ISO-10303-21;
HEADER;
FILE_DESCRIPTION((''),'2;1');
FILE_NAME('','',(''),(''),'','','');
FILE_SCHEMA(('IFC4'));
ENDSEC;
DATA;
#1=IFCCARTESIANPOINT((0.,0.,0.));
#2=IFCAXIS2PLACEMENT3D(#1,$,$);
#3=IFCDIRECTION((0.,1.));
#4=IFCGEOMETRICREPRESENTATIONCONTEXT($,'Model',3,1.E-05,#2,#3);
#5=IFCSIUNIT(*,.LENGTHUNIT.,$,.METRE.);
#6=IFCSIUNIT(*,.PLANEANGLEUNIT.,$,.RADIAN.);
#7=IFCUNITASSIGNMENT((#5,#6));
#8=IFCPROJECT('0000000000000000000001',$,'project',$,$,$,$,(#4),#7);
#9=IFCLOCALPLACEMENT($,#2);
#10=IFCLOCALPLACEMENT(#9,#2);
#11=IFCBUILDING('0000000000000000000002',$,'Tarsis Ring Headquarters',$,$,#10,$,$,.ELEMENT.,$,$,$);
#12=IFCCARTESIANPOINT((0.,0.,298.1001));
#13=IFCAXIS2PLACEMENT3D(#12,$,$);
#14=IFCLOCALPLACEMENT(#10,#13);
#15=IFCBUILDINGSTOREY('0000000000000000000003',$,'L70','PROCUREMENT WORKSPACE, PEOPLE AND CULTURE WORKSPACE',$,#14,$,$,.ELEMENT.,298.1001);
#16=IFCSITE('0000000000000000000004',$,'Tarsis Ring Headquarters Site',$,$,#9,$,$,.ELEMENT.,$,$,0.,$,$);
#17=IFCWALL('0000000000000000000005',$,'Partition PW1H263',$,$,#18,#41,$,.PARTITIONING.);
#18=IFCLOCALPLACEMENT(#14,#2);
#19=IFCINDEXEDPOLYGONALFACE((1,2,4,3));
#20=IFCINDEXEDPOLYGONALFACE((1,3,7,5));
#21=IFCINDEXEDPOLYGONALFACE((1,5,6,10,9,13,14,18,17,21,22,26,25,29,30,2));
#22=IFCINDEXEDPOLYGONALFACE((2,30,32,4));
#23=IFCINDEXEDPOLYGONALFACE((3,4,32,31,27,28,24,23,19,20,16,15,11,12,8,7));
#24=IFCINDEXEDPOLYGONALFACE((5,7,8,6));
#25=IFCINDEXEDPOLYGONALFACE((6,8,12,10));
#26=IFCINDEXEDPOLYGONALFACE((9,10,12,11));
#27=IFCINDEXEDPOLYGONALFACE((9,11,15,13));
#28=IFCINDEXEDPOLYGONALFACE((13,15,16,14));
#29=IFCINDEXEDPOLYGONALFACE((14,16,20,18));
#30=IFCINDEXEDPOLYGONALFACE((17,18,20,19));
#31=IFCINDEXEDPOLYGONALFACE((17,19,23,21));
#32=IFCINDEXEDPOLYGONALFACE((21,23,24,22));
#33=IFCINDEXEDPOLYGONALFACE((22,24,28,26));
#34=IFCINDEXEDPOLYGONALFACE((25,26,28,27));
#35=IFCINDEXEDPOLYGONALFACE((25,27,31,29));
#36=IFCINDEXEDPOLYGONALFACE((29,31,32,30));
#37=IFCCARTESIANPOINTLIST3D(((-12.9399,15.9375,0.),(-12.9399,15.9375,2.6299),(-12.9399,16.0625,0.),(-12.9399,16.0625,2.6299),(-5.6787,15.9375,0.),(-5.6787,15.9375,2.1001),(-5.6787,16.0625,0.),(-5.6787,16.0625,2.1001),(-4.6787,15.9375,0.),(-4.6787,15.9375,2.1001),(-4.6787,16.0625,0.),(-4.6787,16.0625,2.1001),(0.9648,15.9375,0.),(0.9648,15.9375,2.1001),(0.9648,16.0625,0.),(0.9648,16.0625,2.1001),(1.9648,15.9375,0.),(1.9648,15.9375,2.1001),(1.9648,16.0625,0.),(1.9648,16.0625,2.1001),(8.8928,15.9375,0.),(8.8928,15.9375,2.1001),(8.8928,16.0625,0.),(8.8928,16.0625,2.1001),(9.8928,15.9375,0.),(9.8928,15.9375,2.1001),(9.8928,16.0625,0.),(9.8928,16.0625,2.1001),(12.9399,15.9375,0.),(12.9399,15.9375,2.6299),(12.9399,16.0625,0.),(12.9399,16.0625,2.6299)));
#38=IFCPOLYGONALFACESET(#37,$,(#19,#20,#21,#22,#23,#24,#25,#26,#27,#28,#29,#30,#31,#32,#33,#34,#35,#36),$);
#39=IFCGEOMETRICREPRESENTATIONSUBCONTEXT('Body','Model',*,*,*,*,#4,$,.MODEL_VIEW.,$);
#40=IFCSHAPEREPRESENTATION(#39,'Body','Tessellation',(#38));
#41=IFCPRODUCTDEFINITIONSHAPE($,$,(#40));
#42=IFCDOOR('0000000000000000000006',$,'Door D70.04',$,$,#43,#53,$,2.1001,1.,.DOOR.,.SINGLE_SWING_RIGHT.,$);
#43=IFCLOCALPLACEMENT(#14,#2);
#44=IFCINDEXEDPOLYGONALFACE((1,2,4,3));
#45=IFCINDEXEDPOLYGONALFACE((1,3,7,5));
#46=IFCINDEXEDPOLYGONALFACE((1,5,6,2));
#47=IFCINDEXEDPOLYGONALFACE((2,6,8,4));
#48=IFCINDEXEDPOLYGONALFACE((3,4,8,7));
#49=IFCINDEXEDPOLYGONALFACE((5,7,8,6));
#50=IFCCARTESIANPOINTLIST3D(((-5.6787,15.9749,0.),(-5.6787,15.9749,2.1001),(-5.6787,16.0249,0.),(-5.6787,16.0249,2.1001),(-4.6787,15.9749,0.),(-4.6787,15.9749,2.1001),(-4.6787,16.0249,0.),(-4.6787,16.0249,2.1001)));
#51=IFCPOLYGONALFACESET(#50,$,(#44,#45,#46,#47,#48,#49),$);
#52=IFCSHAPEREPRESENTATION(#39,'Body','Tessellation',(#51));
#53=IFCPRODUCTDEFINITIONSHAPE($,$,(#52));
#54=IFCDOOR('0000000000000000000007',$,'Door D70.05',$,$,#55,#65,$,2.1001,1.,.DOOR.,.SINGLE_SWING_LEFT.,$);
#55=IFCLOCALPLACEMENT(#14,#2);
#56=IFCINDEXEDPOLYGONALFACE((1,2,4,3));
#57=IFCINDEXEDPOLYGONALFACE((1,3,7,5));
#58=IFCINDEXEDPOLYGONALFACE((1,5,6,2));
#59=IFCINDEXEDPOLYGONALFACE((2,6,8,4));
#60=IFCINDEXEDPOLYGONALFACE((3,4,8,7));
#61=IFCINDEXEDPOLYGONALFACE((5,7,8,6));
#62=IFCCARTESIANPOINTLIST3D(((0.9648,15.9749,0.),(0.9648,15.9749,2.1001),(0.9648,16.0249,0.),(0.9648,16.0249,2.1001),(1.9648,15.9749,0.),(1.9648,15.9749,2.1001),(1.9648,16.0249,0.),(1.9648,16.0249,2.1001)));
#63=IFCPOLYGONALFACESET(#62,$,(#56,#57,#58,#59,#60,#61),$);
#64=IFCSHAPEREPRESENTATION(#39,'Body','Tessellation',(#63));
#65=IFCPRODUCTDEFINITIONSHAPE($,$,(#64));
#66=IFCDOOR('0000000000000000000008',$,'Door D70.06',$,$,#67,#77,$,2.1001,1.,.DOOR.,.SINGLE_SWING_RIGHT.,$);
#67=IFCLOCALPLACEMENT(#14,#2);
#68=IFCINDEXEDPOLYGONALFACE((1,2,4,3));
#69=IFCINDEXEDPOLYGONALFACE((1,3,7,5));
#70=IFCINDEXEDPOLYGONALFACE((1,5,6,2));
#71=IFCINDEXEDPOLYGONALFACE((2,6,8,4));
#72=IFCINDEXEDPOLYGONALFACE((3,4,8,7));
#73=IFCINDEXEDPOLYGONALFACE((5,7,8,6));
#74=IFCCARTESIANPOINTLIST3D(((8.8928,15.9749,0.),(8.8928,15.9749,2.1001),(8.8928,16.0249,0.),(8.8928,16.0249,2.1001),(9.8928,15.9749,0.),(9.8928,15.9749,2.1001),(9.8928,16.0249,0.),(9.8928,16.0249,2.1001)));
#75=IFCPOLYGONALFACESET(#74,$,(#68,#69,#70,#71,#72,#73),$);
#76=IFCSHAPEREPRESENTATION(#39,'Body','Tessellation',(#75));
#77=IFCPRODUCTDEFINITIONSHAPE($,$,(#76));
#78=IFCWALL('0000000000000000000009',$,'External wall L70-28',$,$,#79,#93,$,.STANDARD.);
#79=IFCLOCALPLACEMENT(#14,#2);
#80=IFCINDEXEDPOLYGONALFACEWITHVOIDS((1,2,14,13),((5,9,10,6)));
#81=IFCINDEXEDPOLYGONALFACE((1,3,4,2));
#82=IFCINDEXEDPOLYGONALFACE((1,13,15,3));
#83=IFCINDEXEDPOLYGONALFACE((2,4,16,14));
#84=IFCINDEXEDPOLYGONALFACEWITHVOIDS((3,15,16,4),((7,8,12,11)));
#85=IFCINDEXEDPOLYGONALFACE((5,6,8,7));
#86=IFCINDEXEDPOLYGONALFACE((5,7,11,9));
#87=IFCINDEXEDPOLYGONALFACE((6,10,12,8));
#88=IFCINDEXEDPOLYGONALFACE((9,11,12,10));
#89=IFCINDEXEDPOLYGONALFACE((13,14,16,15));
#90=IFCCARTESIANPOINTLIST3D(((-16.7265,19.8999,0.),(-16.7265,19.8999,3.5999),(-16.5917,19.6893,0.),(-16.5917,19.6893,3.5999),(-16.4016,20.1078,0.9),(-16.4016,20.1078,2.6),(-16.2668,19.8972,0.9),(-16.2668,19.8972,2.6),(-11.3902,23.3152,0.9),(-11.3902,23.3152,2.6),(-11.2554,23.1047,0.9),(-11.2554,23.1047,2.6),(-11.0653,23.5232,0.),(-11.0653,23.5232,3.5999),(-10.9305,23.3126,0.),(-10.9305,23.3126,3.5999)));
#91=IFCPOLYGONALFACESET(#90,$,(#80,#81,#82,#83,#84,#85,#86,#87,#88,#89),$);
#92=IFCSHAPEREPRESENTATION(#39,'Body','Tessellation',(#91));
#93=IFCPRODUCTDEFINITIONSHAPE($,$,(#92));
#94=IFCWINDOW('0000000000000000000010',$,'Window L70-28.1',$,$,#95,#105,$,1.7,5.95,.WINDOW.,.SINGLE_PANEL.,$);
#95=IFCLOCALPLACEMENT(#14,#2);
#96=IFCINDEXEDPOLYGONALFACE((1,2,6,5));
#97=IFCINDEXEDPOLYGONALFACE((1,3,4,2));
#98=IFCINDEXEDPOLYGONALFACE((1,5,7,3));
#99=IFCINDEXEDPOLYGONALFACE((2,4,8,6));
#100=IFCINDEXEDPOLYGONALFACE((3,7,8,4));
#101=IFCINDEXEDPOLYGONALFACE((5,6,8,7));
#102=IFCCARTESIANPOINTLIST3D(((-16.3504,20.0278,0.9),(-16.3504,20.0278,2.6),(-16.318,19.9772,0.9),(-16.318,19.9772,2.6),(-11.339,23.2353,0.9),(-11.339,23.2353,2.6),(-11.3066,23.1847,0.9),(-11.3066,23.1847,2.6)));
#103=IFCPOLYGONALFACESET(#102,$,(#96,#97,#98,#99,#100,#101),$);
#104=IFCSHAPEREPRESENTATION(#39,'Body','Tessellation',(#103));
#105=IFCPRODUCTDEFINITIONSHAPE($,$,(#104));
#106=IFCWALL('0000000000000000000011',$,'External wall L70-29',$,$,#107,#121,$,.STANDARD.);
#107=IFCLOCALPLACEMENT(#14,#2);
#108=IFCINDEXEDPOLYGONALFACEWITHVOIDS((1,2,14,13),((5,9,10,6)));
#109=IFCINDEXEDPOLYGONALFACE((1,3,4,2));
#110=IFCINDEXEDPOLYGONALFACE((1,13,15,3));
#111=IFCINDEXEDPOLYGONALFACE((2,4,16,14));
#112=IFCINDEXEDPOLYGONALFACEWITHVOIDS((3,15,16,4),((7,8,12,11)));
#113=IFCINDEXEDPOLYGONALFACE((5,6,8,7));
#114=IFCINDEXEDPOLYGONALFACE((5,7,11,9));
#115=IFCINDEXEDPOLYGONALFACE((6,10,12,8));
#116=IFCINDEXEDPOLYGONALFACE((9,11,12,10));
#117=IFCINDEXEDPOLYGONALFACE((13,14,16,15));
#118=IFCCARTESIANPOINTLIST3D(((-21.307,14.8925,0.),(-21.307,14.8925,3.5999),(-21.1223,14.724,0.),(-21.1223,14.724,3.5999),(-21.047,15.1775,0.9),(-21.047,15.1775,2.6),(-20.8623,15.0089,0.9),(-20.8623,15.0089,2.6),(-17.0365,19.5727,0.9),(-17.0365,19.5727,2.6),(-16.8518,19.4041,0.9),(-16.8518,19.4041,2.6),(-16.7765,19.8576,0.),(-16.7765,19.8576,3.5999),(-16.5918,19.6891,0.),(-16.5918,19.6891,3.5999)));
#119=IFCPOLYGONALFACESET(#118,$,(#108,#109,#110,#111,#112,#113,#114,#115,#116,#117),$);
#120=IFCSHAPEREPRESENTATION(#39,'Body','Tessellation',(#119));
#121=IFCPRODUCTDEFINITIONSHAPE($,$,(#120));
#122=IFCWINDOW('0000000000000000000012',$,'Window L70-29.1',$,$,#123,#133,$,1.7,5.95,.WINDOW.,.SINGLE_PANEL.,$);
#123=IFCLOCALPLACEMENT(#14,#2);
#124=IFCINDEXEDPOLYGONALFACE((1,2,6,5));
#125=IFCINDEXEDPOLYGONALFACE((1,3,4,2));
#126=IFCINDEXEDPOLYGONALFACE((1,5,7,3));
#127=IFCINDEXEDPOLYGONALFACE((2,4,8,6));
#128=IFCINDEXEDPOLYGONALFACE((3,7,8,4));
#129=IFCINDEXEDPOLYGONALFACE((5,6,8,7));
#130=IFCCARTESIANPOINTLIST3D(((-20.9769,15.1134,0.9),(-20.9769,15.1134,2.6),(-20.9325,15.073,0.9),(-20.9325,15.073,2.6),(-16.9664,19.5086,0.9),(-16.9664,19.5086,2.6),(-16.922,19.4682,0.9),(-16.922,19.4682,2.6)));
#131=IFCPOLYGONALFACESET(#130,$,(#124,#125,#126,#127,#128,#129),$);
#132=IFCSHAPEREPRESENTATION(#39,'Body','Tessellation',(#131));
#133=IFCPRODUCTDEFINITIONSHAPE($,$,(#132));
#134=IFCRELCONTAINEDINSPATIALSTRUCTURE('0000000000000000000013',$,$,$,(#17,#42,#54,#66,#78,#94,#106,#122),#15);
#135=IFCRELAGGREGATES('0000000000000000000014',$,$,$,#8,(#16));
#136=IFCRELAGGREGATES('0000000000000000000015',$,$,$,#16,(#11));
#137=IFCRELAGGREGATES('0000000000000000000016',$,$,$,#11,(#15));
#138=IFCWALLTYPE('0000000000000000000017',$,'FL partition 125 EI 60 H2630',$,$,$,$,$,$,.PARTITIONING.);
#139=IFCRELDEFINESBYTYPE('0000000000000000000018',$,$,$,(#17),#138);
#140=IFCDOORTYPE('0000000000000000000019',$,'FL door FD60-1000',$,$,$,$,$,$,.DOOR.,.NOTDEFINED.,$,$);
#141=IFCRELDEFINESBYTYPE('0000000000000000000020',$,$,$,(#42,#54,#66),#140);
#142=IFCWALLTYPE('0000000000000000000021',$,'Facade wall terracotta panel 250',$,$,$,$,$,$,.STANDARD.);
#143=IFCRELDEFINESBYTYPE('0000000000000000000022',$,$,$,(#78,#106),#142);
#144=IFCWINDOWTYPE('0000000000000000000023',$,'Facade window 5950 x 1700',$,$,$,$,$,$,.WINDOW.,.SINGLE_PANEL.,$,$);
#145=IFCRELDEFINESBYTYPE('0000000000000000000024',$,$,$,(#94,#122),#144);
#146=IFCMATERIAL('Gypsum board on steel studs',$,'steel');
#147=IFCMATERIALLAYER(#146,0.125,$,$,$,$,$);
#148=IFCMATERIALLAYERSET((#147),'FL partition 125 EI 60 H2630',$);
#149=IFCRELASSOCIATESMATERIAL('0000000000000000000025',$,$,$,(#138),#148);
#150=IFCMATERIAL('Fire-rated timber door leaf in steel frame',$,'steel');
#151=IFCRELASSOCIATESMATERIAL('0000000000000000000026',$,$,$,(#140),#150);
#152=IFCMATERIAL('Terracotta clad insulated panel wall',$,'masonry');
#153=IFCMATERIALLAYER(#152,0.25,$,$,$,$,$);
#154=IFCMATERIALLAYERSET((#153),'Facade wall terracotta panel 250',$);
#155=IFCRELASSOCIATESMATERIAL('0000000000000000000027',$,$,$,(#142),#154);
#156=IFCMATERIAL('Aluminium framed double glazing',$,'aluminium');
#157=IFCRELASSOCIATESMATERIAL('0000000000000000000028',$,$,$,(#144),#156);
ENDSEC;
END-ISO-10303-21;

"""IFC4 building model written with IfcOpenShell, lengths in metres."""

from ifc_helpers import new_model, si_unit, direction, frame, frame_2d, origin, place, context, subcontext, project, spatial, rectangle, extrude, material, layer, layer_set, type_object, element, fill, save


model = new_model("IFC4")

# Units and contexts
model_context = context("Model", 3, precision=1e-05, world=origin(), true_north=direction((0.0, 1.0)))
body_context = subcontext(model_context, "Body", "Model", "MODEL_VIEW")
ifc_project = project(units=[si_unit("LENGTHUNIT", "METRE"), si_unit("PLANEANGLEUNIT", "RADIAN")], contexts=[model_context])

# Site, building, storey
site_placement = place(None, origin())
site = spatial("IfcSite", under=ifc_project, at=site_placement, Name="Tarsis Ring Headquarters Site", CompositionType="ELEMENT", RefElevation=0.0)
building_placement = place(site_placement, origin())
building = spatial("IfcBuilding", under=site, at=building_placement, Name="Tarsis Ring Headquarters", CompositionType="ELEMENT")
storey_placement = place(building_placement, frame((0.0, 0.0, 298.1001)))
storey = spatial("IfcBuildingStorey", under=building, at=storey_placement, Name="L70", Description="PROCUREMENT WORKSPACE, PEOPLE AND CULTURE WORKSPACE", CompositionType="ELEMENT", Elevation=298.1001)

# Shared definitions
ifc_material_1 = material(Name="Gypsum board on steel studs", Category="steel")

# Wall, openings, doors
ifc_layer_1 = layer(ifc_material_1, 0.125)
ifc_layer_set_1 = layer_set([ifc_layer_1], Name="FL partition 125 EI 60 H2630")
wall_type_1 = type_object("IfcWallType", Name="FL partition 125 EI 60 H2630", PredefinedType="PARTITIONING", material=ifc_layer_set_1)
wall_1_placement = place(storey_placement, frame((-12.9399, 16.0, 0.0), z_axis=(0.0, 0.0, 1.0), x_axis=(1.0, 0.0, 0.0)))
wall_1 = element("IfcWall", 1, at=wall_1_placement, inside=storey, type_object=wall_type_1, Name="Partition PW1H263", PredefinedType="PARTITIONING", context=body_context, shape_type="SweptSolid", body=[
    extrude(rectangle(XDim=25.8799, YDim=0.125, at=frame_2d((12.9399, 0.0))), origin(), (0.0, 0.0, 1.0), 2.6299),
])
opening_1_placement = place(wall_1_placement, frame((7.2612, 0.0, 0.0)))
opening_1 = element("IfcOpeningElement", 2, at=opening_1_placement, cuts=wall_1, PredefinedType="OPENING", context=body_context, shape_type="SweptSolid", body=[
    extrude(rectangle(XDim=1.0, YDim=2.1001, at=frame_2d((0.5, 1.05))), frame((0.0, 0.0725, 0.0), z_axis=(0.0, -1.0, 0.0), x_axis=(1.0, 0.0, 0.0)), (0.0, 0.0, 1.0), 0.145),
])
opening_2_placement = place(wall_1_placement, frame((13.9048, 0.0, 0.0)))
opening_2 = element("IfcOpeningElement", 3, at=opening_2_placement, cuts=wall_1, PredefinedType="OPENING", context=body_context, shape_type="SweptSolid", body=[
    extrude(rectangle(XDim=1.0, YDim=2.1001, at=frame_2d((0.5, 1.05))), frame((0.0, 0.0725, 0.0), z_axis=(0.0, -1.0, 0.0), x_axis=(1.0, 0.0, 0.0)), (0.0, 0.0, 1.0), 0.145),
])
opening_3_placement = place(wall_1_placement, frame((21.8328, 0.0, 0.0)))
opening_3 = element("IfcOpeningElement", 4, at=opening_3_placement, cuts=wall_1, PredefinedType="OPENING", context=body_context, shape_type="SweptSolid", body=[
    extrude(rectangle(XDim=1.0, YDim=2.1001, at=frame_2d((0.5, 1.05))), frame((0.0, 0.0725, 0.0), z_axis=(0.0, -1.0, 0.0), x_axis=(1.0, 0.0, 0.0)), (0.0, 0.0, 1.0), 0.145),
])
ifc_material_2 = material(Name="Fire-rated timber door leaf in steel frame", Category="steel")
door_type = type_object("IfcDoorType", Name="FL door FD60-1000", OperationType="NOTDEFINED", PredefinedType="DOOR", material=ifc_material_2)
door_1_placement = place(opening_1_placement, origin())
door_1 = element("IfcDoor", 5, at=door_1_placement, inside=storey, type_object=door_type, Name="Door D70.04", OperationType="SINGLE_SWING_RIGHT", OverallHeight=2.1001, OverallWidth=1.0, PredefinedType="DOOR", context=body_context, shape_type="SweptSolid", body=[
    extrude(rectangle(XDim=1.0, YDim=2.1001, at=frame_2d((0.5, 1.05))), frame((0.0, 0.0249, 0.0), z_axis=(0.0, -1.0, 0.0), x_axis=(1.0, 0.0, 0.0)), (0.0, 0.0, 1.0), 0.05),
])
fill(opening_1, door_1)
door_2_placement = place(opening_2_placement, origin())
door_2 = element("IfcDoor", 6, at=door_2_placement, inside=storey, type_object=door_type, Name="Door D70.05", OperationType="SINGLE_SWING_LEFT", OverallHeight=2.1001, OverallWidth=1.0, PredefinedType="DOOR", context=body_context, shape_type="SweptSolid", body=[
    extrude(rectangle(XDim=1.0, YDim=2.1001, at=frame_2d((0.5, 1.05))), frame((0.0, 0.0249, 0.0), z_axis=(0.0, -1.0, 0.0), x_axis=(1.0, 0.0, 0.0)), (0.0, 0.0, 1.0), 0.05),
])
fill(opening_2, door_2)
door_3_placement = place(opening_3_placement, origin())
door_3 = element("IfcDoor", 7, at=door_3_placement, inside=storey, type_object=door_type, Name="Door D70.06", OperationType="SINGLE_SWING_RIGHT", OverallHeight=2.1001, OverallWidth=1.0, PredefinedType="DOOR", context=body_context, shape_type="SweptSolid", body=[
    extrude(rectangle(XDim=1.0, YDim=2.1001, at=frame_2d((0.5, 1.05))), frame((0.0, 0.0249, 0.0), z_axis=(0.0, -1.0, 0.0), x_axis=(1.0, 0.0, 0.0)), (0.0, 0.0, 1.0), 0.05),
])
fill(opening_3, door_3)

# Walls, openings, windows
ifc_material_3 = material(Name="Terracotta clad insulated panel wall", Category="masonry")
ifc_layer_2 = layer(ifc_material_3, 0.25)
ifc_layer_set_2 = layer_set([ifc_layer_2], Name="Facade wall terracotta panel 250")
wall_type_2 = type_object("IfcWallType", Name="Facade wall terracotta panel 250", PredefinedType="STANDARD", material=ifc_layer_set_2)
wall_2_placement = place(storey_placement, frame((-10.9978, 23.418, 0.0), z_axis=(0.0, 0.0, 1.0), x_axis=(-0.84226, -0.539071, 0.0)))
wall_2 = element("IfcWall", 8, at=wall_2_placement, inside=storey, type_object=wall_type_2, Name="External wall L70-28", PredefinedType="STANDARD", context=body_context, shape_type="SweptSolid", body=[
    extrude(rectangle(XDim=6.7214, YDim=0.25, at=frame_2d((3.3608, 0.0))), origin(), (0.0, 0.0, 1.0), 3.5999),
])
opening_4_placement = place(wall_2_placement, frame((0.3857, 0.0, 0.8999)))
opening_4 = element("IfcOpeningElement", 9, at=opening_4_placement, cuts=wall_2, PredefinedType="OPENING", context=body_context, shape_type="SweptSolid", body=[
    extrude(rectangle(XDim=5.95, YDim=1.7, at=frame_2d((2.9751, 0.8501))), frame((0.0, 0.135, 0.0), z_axis=(0.0, -1.0, 0.0), x_axis=(1.0, 0.0, 0.0)), (0.0, 0.0, 1.0), 0.27),
])
ifc_material_4 = material(Name="Aluminium framed double glazing", Category="aluminium")
window_type = type_object("IfcWindowType", Name="Facade window 5950 x 1700", PartitioningType="SINGLE_PANEL", PredefinedType="WINDOW", material=ifc_material_4)
window_1_placement = place(opening_4_placement, origin())
window_1 = element("IfcWindow", 10, at=window_1_placement, inside=storey, type_object=window_type, Name="Window L70-28.1", OverallHeight=1.7, OverallWidth=5.95, PartitioningType="SINGLE_PANEL", PredefinedType="WINDOW", context=body_context, shape_type="SweptSolid", body=[
    extrude(rectangle(XDim=5.95, YDim=1.7, at=frame_2d((2.9751, 0.8501))), frame((0.0, 0.03, 0.0), z_axis=(0.0, -1.0, 0.0), x_axis=(1.0, 0.0, 0.0)), (0.0, 0.0, 1.0), 0.0601),
])
fill(opening_4, window_1)
wall_3_placement = place(storey_placement, frame((-16.6841, 19.7734, 0.0), z_axis=(0.0, 0.0, 1.0), x_axis=(-0.67404, -0.738695, 0.0)))
wall_3 = element("IfcWall", 11, at=wall_3_placement, inside=storey, type_object=wall_type_2, Name="External wall L70-29", PredefinedType="STANDARD", context=body_context, shape_type="SweptSolid", body=[
    extrude(rectangle(XDim=6.7214, YDim=0.25, at=frame_2d((3.3608, 0.0))), origin(), (0.0, 0.0, 1.0), 3.5999),
])
opening_5_placement = place(wall_3_placement, frame((0.3857, 0.0, 0.8999)))
opening_5 = element("IfcOpeningElement", 12, at=opening_5_placement, cuts=wall_3, PredefinedType="OPENING", context=body_context, shape_type="SweptSolid", body=[
    extrude(rectangle(XDim=5.95, YDim=1.7, at=frame_2d((2.9751, 0.8501))), frame((0.0, 0.135, 0.0), z_axis=(0.0, -1.0, 0.0), x_axis=(1.0, 0.0, 0.0)), (0.0, 0.0, 1.0), 0.27),
])
window_2_placement = place(opening_5_placement, origin())
window_2 = element("IfcWindow", 13, at=window_2_placement, inside=storey, type_object=window_type, Name="Window L70-29.1", OverallHeight=1.7, OverallWidth=5.95, PartitioningType="SINGLE_PANEL", PredefinedType="WINDOW", context=body_context, shape_type="SweptSolid", body=[
    extrude(rectangle(XDim=5.95, YDim=1.7, at=frame_2d((2.9751, 0.8501))), frame((0.0, 0.03, 0.0), z_axis=(0.0, -1.0, 0.0), x_axis=(1.0, 0.0, 0.0)), (0.0, 0.0, 1.0), 0.0601),
])
fill(opening_5, window_2)

save(model, "model.ifc")
